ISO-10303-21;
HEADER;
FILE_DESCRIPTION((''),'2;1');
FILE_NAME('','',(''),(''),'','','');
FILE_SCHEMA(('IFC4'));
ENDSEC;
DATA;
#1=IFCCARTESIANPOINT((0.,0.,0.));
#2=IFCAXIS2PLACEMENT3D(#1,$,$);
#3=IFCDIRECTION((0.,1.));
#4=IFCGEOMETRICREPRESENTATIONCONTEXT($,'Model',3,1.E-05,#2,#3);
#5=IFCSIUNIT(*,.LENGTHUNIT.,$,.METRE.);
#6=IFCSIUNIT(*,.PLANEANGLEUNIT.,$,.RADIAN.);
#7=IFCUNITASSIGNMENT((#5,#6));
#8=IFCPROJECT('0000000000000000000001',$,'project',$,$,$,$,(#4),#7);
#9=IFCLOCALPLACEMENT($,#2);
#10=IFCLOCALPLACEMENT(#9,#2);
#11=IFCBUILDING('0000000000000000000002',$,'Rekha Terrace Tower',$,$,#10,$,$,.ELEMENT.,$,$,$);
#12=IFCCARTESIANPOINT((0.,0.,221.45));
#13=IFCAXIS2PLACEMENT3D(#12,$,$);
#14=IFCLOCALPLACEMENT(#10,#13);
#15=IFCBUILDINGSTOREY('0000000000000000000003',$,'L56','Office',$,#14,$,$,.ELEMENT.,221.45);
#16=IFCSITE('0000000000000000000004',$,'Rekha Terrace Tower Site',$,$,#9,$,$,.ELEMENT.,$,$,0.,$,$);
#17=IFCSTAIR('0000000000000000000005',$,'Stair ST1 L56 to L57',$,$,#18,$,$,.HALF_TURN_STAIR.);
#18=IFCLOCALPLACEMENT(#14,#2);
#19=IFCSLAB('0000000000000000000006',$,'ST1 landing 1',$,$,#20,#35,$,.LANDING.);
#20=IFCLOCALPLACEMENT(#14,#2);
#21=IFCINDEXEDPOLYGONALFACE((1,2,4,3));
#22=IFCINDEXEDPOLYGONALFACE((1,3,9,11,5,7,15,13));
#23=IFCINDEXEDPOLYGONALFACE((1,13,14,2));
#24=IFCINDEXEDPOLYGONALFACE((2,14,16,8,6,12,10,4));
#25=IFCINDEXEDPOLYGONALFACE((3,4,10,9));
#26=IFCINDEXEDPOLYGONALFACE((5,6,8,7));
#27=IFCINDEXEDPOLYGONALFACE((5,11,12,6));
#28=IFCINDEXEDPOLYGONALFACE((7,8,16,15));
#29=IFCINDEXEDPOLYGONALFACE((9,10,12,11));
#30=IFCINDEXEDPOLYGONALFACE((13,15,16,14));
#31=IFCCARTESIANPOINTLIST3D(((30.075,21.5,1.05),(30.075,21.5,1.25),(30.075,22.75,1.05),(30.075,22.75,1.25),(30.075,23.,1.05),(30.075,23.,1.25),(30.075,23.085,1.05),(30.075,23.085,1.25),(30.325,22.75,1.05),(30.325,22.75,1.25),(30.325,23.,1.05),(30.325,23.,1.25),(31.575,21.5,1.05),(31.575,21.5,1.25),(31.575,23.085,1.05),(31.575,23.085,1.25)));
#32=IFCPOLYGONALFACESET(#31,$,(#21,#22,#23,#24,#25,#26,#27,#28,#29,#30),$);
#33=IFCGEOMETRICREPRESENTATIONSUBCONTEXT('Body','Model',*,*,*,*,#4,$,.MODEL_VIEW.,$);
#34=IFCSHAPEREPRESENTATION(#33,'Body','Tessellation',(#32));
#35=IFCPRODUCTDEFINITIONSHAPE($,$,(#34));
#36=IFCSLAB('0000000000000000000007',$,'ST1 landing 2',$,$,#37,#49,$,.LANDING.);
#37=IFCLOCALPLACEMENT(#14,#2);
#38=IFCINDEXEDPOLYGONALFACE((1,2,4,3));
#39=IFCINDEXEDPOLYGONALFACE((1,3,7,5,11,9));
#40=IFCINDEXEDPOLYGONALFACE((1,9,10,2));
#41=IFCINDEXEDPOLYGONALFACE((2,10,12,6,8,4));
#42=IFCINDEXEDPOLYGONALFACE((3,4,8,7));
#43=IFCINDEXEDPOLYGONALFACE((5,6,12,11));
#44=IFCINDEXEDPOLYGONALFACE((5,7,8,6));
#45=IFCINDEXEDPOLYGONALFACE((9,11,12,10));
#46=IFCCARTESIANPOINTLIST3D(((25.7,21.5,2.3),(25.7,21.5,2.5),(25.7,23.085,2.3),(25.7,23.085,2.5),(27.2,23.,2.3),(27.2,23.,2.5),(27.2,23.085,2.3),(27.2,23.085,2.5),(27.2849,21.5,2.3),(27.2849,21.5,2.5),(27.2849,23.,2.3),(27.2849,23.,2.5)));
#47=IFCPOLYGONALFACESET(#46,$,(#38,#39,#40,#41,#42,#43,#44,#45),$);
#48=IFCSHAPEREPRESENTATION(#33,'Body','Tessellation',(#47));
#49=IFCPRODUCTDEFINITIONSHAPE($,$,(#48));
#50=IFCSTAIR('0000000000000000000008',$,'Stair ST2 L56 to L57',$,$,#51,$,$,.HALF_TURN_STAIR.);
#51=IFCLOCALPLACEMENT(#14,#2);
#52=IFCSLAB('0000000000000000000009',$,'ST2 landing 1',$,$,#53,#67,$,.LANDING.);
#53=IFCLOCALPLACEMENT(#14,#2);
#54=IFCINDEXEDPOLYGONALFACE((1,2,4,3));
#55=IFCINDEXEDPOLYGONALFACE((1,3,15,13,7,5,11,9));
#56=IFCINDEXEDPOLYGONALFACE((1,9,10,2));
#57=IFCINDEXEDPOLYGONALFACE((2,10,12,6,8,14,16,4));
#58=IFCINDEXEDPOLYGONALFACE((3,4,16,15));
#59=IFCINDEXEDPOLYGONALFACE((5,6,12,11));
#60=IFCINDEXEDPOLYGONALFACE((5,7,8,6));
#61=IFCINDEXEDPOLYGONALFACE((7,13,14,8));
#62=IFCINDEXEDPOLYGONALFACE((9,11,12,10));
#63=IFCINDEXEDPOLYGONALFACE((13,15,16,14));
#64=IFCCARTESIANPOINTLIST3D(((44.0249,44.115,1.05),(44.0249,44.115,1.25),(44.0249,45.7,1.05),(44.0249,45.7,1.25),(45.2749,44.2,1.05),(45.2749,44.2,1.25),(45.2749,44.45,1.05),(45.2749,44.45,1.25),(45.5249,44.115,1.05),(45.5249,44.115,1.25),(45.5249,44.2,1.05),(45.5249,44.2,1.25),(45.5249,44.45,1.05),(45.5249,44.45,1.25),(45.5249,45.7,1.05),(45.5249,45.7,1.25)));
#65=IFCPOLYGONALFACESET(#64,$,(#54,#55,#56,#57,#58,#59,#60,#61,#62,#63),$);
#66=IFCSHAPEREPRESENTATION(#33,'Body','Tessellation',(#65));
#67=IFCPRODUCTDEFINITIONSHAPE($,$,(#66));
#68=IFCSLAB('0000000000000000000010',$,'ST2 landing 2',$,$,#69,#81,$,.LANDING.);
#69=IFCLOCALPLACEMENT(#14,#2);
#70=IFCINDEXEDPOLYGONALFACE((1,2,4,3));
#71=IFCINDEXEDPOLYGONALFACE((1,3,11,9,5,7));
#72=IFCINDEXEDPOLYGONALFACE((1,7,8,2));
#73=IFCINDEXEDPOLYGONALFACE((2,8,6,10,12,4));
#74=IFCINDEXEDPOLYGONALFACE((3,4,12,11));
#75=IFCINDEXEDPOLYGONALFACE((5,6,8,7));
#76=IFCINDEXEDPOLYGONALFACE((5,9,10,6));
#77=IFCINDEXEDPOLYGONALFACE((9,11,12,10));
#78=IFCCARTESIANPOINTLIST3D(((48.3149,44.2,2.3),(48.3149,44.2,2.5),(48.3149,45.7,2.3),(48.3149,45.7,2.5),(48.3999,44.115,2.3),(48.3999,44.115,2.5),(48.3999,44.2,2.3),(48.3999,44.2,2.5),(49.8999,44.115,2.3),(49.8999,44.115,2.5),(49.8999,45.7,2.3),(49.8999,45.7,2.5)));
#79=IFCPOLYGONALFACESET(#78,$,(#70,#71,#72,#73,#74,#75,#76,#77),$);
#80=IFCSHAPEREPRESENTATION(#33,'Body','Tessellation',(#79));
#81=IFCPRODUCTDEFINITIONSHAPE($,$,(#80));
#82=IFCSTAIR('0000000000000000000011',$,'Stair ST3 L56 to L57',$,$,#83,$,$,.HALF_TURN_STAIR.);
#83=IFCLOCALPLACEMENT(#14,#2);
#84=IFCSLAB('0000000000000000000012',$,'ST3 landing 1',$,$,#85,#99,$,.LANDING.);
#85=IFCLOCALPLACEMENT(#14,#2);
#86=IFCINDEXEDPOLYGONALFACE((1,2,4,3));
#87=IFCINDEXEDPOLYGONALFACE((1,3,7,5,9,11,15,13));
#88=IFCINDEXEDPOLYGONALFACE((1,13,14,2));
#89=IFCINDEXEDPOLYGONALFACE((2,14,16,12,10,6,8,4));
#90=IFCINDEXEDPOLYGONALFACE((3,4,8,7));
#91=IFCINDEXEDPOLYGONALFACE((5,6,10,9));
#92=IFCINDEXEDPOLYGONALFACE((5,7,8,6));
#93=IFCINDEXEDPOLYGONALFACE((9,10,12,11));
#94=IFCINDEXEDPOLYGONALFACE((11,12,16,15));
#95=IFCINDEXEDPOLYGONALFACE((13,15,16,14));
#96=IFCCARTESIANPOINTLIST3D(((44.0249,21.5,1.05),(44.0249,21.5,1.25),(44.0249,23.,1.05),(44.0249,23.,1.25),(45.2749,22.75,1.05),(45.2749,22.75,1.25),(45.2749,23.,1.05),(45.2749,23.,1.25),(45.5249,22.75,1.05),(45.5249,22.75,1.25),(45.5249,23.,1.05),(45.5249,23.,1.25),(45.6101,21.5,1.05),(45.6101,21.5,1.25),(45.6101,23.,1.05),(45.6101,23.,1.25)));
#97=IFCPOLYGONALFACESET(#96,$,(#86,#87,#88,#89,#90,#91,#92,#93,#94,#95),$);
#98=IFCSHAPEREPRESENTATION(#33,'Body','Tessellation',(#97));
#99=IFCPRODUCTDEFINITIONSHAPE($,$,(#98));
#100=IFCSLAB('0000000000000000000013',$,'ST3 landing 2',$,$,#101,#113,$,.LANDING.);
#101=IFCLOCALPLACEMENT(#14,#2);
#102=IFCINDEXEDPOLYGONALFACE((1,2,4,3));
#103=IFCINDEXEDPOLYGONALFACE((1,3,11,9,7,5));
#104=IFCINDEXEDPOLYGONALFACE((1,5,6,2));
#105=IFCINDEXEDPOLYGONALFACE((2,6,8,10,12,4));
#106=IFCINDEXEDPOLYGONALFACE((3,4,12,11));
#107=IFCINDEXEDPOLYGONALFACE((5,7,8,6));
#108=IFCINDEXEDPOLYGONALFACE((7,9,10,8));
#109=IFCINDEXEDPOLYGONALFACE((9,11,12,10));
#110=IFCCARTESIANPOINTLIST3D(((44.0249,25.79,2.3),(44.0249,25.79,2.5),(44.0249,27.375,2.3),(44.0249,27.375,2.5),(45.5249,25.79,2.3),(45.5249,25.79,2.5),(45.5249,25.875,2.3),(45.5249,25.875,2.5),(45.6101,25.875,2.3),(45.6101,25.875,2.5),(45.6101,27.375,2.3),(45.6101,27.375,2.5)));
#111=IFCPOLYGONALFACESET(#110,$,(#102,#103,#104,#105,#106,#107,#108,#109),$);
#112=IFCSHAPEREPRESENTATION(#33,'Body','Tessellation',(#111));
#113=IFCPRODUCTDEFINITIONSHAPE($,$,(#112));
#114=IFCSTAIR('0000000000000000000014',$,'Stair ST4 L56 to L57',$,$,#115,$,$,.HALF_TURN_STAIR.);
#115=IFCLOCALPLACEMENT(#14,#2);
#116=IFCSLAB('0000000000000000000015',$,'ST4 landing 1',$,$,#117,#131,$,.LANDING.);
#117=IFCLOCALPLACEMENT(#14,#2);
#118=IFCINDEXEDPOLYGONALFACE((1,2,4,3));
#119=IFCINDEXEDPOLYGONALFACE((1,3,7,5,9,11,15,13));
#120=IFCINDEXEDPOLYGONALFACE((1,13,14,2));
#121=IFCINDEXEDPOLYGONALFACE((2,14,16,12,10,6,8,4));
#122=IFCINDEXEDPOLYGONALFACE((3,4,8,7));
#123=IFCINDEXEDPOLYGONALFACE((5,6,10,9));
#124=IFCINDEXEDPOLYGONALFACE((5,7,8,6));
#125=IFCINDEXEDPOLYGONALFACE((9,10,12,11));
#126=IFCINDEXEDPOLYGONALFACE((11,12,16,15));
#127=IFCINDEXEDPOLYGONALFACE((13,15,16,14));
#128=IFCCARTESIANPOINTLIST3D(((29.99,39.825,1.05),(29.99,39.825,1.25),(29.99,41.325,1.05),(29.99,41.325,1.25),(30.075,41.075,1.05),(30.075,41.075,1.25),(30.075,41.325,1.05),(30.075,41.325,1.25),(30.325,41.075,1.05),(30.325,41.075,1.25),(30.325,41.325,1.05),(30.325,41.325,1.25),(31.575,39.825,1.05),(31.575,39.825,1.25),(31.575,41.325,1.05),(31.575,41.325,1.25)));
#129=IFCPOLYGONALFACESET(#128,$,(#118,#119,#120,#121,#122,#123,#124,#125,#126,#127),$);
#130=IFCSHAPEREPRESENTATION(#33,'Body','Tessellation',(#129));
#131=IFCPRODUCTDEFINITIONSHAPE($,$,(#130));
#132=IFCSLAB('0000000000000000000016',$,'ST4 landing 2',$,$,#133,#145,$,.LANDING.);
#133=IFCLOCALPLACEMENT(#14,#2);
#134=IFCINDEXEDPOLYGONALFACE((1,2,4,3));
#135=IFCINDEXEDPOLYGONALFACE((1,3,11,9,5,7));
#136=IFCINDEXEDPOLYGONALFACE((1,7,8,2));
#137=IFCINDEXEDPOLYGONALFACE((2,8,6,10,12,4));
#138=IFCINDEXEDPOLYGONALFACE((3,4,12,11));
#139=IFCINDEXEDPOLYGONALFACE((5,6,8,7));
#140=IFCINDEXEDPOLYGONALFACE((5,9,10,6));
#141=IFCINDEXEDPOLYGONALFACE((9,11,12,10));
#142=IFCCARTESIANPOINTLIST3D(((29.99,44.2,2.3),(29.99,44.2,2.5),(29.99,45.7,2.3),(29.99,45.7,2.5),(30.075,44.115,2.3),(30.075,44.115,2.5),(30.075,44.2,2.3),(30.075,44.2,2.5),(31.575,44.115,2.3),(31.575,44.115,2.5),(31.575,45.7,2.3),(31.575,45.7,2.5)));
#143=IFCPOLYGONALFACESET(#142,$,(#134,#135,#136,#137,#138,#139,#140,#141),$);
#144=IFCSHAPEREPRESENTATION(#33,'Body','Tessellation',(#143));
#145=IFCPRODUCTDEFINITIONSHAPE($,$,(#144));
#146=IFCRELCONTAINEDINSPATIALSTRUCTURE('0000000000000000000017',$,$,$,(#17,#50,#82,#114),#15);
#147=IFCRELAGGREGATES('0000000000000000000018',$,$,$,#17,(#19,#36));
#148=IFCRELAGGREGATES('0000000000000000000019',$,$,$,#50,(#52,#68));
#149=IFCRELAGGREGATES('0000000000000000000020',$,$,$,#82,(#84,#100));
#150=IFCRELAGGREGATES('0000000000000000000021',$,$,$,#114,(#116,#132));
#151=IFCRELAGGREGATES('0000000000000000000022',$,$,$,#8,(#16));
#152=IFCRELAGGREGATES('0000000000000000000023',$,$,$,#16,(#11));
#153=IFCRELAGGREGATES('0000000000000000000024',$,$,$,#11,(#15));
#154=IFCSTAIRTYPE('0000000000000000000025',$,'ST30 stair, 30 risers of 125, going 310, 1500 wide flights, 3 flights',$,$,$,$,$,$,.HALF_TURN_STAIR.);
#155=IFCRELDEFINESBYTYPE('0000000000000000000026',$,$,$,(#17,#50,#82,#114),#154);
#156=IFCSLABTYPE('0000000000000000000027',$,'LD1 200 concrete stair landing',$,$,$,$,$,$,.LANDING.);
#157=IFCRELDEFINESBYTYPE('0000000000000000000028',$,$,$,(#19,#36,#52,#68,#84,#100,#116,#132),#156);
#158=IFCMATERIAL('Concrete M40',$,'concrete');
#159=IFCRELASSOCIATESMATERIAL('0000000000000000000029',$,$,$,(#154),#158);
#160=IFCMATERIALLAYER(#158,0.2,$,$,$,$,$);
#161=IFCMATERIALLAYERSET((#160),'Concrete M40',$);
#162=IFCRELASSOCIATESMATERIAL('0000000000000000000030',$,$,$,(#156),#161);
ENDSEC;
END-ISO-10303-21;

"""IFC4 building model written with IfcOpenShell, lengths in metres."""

from ifc_helpers import new_model, si_unit, direction, frame, origin, place, context, subcontext, project, spatial, polyline, outline, extrude, material, layer, layer_set, type_object, element, aggregate, save


model = new_model("IFC4")

# Units and contexts
model_context = context("Model", 3, precision=1e-05, world=origin(), true_north=direction((0.0, 1.0)))
body_context = subcontext(model_context, "Body", "Model", "MODEL_VIEW")
ifc_project = project(units=[si_unit("LENGTHUNIT", "METRE"), si_unit("PLANEANGLEUNIT", "RADIAN")], contexts=[model_context])

# Site, building, storey
site_placement = place(None, origin())
site = spatial("IfcSite", under=ifc_project, at=site_placement, Name="Rekha Terrace Tower Site", CompositionType="ELEMENT", RefElevation=0.0)
building_placement = place(site_placement, origin())
building = spatial("IfcBuilding", under=site, at=building_placement, Name="Rekha Terrace Tower", CompositionType="ELEMENT")
storey_placement = place(building_placement, frame((0.0, 0.0, 221.45)))
storey = spatial("IfcBuildingStorey", under=building, at=storey_placement, Name="L56", Description="Office", CompositionType="ELEMENT", Elevation=221.45)

# Stairs, slabs
ifc_material_1 = material(Name="Concrete M40", Category="concrete")
stair_type = type_object("IfcStairType", Name="ST30 stair, 30 risers of 125, going 310, 1500 wide flights, 3 flights", PredefinedType="HALF_TURN_STAIR", material=ifc_material_1)
stair_1_placement = place(storey_placement, origin())
stair_1 = element("IfcStair", 1, at=stair_1_placement, inside=storey, type_object=stair_type, Name="Stair ST1 L56 to L57", PredefinedType="HALF_TURN_STAIR")
ifc_layer_1 = layer(ifc_material_1, 0.2)
ifc_layer_set_1 = layer_set([ifc_layer_1], Name="Concrete M40")
slab_type_1 = type_object("IfcSlabType", Name="LD1 200 concrete stair landing", PredefinedType="LANDING", material=ifc_layer_set_1)
slab_1_placement = place(storey_placement, frame((0.0, 0.0, 1.05)))
slab_1 = element("IfcSlab", 2, at=slab_1_placement, type_object=slab_type_1, Name="ST1 landing 1", PredefinedType="LANDING", context=body_context, shape_type="SweptSolid", body=[
    extrude(outline(polyline([(30.075, 21.5), (31.575, 21.5), (31.575, 23.085), (30.075, 23.085), (30.075, 23.0), (30.325, 23.0), (30.325, 22.75), (30.075, 22.75), (30.075, 21.5)])), origin(), (0.0, 0.0, 1.0), 0.2),
])
slab_2_placement = place(storey_placement, frame((0.0, 0.0, 2.3)))
slab_2 = element("IfcSlab", 3, at=slab_2_placement, type_object=slab_type_1, Name="ST1 landing 2", PredefinedType="LANDING", context=body_context, shape_type="SweptSolid", body=[
    extrude(outline(polyline([(27.2, 23.085), (25.7, 23.085), (25.7, 21.5), (27.2849, 21.5), (27.2849, 23.0), (27.2, 23.0), (27.2, 23.085)])), origin(), (0.0, 0.0, 1.0), 0.2),
])
aggregate(stair_1, [slab_1, slab_2])
stair_2_placement = place(storey_placement, origin())
stair_2 = element("IfcStair", 4, at=stair_2_placement, inside=storey, type_object=stair_type, Name="Stair ST2 L56 to L57", PredefinedType="HALF_TURN_STAIR")
slab_3_placement = place(storey_placement, frame((0.0, 0.0, 1.05)))
slab_3 = element("IfcSlab", 5, at=slab_3_placement, type_object=slab_type_1, Name="ST2 landing 1", PredefinedType="LANDING", context=body_context, shape_type="SweptSolid", body=[
    extrude(outline(polyline([(45.5249, 45.7), (44.0249, 45.7), (44.0249, 44.115), (45.5249, 44.115), (45.5249, 44.2), (45.2749, 44.2), (45.2749, 44.45), (45.5249, 44.45), (45.5249, 45.7)])), origin(), (0.0, 0.0, 1.0), 0.2),
])
slab_4_placement = place(storey_placement, frame((0.0, 0.0, 2.3)))
slab_4 = element("IfcSlab", 6, at=slab_4_placement, type_object=slab_type_1, Name="ST2 landing 2", PredefinedType="LANDING", context=body_context, shape_type="SweptSolid", body=[
    extrude(outline(polyline([(48.3999, 44.115), (49.8999, 44.115), (49.8999, 45.7), (48.3149, 45.7), (48.3149, 44.2), (48.3999, 44.2), (48.3999, 44.115)])), origin(), (0.0, 0.0, 1.0), 0.2),
])
aggregate(stair_2, [slab_3, slab_4])
stair_3_placement = place(storey_placement, origin())
stair_3 = element("IfcStair", 7, at=stair_3_placement, inside=storey, type_object=stair_type, Name="Stair ST3 L56 to L57", PredefinedType="HALF_TURN_STAIR")
slab_5_placement = place(storey_placement, frame((0.0, 0.0, 1.05)))
slab_5 = element("IfcSlab", 8, at=slab_5_placement, type_object=slab_type_1, Name="ST3 landing 1", PredefinedType="LANDING", context=body_context, shape_type="SweptSolid", body=[
    extrude(outline(polyline([(44.0249, 23.0), (44.0249, 21.5), (45.6101, 21.5), (45.6101, 23.0), (45.5249, 23.0), (45.5249, 22.75), (45.2749, 22.75), (45.2749, 23.0), (44.0249, 23.0)])), origin(), (0.0, 0.0, 1.0), 0.2),
])
slab_6_placement = place(storey_placement, frame((0.0, 0.0, 2.3)))
slab_6 = element("IfcSlab", 9, at=slab_6_placement, type_object=slab_type_1, Name="ST3 landing 2", PredefinedType="LANDING", context=body_context, shape_type="SweptSolid", body=[
    extrude(outline(polyline([(45.6101, 25.875), (45.6101, 27.375), (44.0249, 27.375), (44.0249, 25.79), (45.5249, 25.79), (45.5249, 25.875), (45.6101, 25.875)])), origin(), (0.0, 0.0, 1.0), 0.2),
])
aggregate(stair_3, [slab_5, slab_6])
stair_4_placement = place(storey_placement, origin())
stair_4 = element("IfcStair", 10, at=stair_4_placement, inside=storey, type_object=stair_type, Name="Stair ST4 L56 to L57", PredefinedType="HALF_TURN_STAIR")
slab_7_placement = place(storey_placement, frame((0.0, 0.0, 1.05)))
slab_7 = element("IfcSlab", 11, at=slab_7_placement, type_object=slab_type_1, Name="ST4 landing 1", PredefinedType="LANDING", context=body_context, shape_type="SweptSolid", body=[
    extrude(outline(polyline([(31.575, 41.325), (31.575, 39.825), (29.99, 39.825), (29.99, 41.325), (30.075, 41.325), (30.075, 41.075), (30.325, 41.075), (30.325, 41.325), (31.575, 41.325)])), origin(), (0.0, 0.0, 1.0), 0.2),
])
slab_8_placement = place(storey_placement, frame((0.0, 0.0, 2.3)))
slab_8 = element("IfcSlab", 12, at=slab_8_placement, type_object=slab_type_1, Name="ST4 landing 2", PredefinedType="LANDING", context=body_context, shape_type="SweptSolid", body=[
    extrude(outline(polyline([(29.99, 44.2), (29.99, 45.7), (31.575, 45.7), (31.575, 44.115), (30.075, 44.115), (30.075, 44.2), (29.99, 44.2)])), origin(), (0.0, 0.0, 1.0), 0.2),
])
aggregate(stair_4, [slab_7, slab_8])

save(model, "model.ifc")
